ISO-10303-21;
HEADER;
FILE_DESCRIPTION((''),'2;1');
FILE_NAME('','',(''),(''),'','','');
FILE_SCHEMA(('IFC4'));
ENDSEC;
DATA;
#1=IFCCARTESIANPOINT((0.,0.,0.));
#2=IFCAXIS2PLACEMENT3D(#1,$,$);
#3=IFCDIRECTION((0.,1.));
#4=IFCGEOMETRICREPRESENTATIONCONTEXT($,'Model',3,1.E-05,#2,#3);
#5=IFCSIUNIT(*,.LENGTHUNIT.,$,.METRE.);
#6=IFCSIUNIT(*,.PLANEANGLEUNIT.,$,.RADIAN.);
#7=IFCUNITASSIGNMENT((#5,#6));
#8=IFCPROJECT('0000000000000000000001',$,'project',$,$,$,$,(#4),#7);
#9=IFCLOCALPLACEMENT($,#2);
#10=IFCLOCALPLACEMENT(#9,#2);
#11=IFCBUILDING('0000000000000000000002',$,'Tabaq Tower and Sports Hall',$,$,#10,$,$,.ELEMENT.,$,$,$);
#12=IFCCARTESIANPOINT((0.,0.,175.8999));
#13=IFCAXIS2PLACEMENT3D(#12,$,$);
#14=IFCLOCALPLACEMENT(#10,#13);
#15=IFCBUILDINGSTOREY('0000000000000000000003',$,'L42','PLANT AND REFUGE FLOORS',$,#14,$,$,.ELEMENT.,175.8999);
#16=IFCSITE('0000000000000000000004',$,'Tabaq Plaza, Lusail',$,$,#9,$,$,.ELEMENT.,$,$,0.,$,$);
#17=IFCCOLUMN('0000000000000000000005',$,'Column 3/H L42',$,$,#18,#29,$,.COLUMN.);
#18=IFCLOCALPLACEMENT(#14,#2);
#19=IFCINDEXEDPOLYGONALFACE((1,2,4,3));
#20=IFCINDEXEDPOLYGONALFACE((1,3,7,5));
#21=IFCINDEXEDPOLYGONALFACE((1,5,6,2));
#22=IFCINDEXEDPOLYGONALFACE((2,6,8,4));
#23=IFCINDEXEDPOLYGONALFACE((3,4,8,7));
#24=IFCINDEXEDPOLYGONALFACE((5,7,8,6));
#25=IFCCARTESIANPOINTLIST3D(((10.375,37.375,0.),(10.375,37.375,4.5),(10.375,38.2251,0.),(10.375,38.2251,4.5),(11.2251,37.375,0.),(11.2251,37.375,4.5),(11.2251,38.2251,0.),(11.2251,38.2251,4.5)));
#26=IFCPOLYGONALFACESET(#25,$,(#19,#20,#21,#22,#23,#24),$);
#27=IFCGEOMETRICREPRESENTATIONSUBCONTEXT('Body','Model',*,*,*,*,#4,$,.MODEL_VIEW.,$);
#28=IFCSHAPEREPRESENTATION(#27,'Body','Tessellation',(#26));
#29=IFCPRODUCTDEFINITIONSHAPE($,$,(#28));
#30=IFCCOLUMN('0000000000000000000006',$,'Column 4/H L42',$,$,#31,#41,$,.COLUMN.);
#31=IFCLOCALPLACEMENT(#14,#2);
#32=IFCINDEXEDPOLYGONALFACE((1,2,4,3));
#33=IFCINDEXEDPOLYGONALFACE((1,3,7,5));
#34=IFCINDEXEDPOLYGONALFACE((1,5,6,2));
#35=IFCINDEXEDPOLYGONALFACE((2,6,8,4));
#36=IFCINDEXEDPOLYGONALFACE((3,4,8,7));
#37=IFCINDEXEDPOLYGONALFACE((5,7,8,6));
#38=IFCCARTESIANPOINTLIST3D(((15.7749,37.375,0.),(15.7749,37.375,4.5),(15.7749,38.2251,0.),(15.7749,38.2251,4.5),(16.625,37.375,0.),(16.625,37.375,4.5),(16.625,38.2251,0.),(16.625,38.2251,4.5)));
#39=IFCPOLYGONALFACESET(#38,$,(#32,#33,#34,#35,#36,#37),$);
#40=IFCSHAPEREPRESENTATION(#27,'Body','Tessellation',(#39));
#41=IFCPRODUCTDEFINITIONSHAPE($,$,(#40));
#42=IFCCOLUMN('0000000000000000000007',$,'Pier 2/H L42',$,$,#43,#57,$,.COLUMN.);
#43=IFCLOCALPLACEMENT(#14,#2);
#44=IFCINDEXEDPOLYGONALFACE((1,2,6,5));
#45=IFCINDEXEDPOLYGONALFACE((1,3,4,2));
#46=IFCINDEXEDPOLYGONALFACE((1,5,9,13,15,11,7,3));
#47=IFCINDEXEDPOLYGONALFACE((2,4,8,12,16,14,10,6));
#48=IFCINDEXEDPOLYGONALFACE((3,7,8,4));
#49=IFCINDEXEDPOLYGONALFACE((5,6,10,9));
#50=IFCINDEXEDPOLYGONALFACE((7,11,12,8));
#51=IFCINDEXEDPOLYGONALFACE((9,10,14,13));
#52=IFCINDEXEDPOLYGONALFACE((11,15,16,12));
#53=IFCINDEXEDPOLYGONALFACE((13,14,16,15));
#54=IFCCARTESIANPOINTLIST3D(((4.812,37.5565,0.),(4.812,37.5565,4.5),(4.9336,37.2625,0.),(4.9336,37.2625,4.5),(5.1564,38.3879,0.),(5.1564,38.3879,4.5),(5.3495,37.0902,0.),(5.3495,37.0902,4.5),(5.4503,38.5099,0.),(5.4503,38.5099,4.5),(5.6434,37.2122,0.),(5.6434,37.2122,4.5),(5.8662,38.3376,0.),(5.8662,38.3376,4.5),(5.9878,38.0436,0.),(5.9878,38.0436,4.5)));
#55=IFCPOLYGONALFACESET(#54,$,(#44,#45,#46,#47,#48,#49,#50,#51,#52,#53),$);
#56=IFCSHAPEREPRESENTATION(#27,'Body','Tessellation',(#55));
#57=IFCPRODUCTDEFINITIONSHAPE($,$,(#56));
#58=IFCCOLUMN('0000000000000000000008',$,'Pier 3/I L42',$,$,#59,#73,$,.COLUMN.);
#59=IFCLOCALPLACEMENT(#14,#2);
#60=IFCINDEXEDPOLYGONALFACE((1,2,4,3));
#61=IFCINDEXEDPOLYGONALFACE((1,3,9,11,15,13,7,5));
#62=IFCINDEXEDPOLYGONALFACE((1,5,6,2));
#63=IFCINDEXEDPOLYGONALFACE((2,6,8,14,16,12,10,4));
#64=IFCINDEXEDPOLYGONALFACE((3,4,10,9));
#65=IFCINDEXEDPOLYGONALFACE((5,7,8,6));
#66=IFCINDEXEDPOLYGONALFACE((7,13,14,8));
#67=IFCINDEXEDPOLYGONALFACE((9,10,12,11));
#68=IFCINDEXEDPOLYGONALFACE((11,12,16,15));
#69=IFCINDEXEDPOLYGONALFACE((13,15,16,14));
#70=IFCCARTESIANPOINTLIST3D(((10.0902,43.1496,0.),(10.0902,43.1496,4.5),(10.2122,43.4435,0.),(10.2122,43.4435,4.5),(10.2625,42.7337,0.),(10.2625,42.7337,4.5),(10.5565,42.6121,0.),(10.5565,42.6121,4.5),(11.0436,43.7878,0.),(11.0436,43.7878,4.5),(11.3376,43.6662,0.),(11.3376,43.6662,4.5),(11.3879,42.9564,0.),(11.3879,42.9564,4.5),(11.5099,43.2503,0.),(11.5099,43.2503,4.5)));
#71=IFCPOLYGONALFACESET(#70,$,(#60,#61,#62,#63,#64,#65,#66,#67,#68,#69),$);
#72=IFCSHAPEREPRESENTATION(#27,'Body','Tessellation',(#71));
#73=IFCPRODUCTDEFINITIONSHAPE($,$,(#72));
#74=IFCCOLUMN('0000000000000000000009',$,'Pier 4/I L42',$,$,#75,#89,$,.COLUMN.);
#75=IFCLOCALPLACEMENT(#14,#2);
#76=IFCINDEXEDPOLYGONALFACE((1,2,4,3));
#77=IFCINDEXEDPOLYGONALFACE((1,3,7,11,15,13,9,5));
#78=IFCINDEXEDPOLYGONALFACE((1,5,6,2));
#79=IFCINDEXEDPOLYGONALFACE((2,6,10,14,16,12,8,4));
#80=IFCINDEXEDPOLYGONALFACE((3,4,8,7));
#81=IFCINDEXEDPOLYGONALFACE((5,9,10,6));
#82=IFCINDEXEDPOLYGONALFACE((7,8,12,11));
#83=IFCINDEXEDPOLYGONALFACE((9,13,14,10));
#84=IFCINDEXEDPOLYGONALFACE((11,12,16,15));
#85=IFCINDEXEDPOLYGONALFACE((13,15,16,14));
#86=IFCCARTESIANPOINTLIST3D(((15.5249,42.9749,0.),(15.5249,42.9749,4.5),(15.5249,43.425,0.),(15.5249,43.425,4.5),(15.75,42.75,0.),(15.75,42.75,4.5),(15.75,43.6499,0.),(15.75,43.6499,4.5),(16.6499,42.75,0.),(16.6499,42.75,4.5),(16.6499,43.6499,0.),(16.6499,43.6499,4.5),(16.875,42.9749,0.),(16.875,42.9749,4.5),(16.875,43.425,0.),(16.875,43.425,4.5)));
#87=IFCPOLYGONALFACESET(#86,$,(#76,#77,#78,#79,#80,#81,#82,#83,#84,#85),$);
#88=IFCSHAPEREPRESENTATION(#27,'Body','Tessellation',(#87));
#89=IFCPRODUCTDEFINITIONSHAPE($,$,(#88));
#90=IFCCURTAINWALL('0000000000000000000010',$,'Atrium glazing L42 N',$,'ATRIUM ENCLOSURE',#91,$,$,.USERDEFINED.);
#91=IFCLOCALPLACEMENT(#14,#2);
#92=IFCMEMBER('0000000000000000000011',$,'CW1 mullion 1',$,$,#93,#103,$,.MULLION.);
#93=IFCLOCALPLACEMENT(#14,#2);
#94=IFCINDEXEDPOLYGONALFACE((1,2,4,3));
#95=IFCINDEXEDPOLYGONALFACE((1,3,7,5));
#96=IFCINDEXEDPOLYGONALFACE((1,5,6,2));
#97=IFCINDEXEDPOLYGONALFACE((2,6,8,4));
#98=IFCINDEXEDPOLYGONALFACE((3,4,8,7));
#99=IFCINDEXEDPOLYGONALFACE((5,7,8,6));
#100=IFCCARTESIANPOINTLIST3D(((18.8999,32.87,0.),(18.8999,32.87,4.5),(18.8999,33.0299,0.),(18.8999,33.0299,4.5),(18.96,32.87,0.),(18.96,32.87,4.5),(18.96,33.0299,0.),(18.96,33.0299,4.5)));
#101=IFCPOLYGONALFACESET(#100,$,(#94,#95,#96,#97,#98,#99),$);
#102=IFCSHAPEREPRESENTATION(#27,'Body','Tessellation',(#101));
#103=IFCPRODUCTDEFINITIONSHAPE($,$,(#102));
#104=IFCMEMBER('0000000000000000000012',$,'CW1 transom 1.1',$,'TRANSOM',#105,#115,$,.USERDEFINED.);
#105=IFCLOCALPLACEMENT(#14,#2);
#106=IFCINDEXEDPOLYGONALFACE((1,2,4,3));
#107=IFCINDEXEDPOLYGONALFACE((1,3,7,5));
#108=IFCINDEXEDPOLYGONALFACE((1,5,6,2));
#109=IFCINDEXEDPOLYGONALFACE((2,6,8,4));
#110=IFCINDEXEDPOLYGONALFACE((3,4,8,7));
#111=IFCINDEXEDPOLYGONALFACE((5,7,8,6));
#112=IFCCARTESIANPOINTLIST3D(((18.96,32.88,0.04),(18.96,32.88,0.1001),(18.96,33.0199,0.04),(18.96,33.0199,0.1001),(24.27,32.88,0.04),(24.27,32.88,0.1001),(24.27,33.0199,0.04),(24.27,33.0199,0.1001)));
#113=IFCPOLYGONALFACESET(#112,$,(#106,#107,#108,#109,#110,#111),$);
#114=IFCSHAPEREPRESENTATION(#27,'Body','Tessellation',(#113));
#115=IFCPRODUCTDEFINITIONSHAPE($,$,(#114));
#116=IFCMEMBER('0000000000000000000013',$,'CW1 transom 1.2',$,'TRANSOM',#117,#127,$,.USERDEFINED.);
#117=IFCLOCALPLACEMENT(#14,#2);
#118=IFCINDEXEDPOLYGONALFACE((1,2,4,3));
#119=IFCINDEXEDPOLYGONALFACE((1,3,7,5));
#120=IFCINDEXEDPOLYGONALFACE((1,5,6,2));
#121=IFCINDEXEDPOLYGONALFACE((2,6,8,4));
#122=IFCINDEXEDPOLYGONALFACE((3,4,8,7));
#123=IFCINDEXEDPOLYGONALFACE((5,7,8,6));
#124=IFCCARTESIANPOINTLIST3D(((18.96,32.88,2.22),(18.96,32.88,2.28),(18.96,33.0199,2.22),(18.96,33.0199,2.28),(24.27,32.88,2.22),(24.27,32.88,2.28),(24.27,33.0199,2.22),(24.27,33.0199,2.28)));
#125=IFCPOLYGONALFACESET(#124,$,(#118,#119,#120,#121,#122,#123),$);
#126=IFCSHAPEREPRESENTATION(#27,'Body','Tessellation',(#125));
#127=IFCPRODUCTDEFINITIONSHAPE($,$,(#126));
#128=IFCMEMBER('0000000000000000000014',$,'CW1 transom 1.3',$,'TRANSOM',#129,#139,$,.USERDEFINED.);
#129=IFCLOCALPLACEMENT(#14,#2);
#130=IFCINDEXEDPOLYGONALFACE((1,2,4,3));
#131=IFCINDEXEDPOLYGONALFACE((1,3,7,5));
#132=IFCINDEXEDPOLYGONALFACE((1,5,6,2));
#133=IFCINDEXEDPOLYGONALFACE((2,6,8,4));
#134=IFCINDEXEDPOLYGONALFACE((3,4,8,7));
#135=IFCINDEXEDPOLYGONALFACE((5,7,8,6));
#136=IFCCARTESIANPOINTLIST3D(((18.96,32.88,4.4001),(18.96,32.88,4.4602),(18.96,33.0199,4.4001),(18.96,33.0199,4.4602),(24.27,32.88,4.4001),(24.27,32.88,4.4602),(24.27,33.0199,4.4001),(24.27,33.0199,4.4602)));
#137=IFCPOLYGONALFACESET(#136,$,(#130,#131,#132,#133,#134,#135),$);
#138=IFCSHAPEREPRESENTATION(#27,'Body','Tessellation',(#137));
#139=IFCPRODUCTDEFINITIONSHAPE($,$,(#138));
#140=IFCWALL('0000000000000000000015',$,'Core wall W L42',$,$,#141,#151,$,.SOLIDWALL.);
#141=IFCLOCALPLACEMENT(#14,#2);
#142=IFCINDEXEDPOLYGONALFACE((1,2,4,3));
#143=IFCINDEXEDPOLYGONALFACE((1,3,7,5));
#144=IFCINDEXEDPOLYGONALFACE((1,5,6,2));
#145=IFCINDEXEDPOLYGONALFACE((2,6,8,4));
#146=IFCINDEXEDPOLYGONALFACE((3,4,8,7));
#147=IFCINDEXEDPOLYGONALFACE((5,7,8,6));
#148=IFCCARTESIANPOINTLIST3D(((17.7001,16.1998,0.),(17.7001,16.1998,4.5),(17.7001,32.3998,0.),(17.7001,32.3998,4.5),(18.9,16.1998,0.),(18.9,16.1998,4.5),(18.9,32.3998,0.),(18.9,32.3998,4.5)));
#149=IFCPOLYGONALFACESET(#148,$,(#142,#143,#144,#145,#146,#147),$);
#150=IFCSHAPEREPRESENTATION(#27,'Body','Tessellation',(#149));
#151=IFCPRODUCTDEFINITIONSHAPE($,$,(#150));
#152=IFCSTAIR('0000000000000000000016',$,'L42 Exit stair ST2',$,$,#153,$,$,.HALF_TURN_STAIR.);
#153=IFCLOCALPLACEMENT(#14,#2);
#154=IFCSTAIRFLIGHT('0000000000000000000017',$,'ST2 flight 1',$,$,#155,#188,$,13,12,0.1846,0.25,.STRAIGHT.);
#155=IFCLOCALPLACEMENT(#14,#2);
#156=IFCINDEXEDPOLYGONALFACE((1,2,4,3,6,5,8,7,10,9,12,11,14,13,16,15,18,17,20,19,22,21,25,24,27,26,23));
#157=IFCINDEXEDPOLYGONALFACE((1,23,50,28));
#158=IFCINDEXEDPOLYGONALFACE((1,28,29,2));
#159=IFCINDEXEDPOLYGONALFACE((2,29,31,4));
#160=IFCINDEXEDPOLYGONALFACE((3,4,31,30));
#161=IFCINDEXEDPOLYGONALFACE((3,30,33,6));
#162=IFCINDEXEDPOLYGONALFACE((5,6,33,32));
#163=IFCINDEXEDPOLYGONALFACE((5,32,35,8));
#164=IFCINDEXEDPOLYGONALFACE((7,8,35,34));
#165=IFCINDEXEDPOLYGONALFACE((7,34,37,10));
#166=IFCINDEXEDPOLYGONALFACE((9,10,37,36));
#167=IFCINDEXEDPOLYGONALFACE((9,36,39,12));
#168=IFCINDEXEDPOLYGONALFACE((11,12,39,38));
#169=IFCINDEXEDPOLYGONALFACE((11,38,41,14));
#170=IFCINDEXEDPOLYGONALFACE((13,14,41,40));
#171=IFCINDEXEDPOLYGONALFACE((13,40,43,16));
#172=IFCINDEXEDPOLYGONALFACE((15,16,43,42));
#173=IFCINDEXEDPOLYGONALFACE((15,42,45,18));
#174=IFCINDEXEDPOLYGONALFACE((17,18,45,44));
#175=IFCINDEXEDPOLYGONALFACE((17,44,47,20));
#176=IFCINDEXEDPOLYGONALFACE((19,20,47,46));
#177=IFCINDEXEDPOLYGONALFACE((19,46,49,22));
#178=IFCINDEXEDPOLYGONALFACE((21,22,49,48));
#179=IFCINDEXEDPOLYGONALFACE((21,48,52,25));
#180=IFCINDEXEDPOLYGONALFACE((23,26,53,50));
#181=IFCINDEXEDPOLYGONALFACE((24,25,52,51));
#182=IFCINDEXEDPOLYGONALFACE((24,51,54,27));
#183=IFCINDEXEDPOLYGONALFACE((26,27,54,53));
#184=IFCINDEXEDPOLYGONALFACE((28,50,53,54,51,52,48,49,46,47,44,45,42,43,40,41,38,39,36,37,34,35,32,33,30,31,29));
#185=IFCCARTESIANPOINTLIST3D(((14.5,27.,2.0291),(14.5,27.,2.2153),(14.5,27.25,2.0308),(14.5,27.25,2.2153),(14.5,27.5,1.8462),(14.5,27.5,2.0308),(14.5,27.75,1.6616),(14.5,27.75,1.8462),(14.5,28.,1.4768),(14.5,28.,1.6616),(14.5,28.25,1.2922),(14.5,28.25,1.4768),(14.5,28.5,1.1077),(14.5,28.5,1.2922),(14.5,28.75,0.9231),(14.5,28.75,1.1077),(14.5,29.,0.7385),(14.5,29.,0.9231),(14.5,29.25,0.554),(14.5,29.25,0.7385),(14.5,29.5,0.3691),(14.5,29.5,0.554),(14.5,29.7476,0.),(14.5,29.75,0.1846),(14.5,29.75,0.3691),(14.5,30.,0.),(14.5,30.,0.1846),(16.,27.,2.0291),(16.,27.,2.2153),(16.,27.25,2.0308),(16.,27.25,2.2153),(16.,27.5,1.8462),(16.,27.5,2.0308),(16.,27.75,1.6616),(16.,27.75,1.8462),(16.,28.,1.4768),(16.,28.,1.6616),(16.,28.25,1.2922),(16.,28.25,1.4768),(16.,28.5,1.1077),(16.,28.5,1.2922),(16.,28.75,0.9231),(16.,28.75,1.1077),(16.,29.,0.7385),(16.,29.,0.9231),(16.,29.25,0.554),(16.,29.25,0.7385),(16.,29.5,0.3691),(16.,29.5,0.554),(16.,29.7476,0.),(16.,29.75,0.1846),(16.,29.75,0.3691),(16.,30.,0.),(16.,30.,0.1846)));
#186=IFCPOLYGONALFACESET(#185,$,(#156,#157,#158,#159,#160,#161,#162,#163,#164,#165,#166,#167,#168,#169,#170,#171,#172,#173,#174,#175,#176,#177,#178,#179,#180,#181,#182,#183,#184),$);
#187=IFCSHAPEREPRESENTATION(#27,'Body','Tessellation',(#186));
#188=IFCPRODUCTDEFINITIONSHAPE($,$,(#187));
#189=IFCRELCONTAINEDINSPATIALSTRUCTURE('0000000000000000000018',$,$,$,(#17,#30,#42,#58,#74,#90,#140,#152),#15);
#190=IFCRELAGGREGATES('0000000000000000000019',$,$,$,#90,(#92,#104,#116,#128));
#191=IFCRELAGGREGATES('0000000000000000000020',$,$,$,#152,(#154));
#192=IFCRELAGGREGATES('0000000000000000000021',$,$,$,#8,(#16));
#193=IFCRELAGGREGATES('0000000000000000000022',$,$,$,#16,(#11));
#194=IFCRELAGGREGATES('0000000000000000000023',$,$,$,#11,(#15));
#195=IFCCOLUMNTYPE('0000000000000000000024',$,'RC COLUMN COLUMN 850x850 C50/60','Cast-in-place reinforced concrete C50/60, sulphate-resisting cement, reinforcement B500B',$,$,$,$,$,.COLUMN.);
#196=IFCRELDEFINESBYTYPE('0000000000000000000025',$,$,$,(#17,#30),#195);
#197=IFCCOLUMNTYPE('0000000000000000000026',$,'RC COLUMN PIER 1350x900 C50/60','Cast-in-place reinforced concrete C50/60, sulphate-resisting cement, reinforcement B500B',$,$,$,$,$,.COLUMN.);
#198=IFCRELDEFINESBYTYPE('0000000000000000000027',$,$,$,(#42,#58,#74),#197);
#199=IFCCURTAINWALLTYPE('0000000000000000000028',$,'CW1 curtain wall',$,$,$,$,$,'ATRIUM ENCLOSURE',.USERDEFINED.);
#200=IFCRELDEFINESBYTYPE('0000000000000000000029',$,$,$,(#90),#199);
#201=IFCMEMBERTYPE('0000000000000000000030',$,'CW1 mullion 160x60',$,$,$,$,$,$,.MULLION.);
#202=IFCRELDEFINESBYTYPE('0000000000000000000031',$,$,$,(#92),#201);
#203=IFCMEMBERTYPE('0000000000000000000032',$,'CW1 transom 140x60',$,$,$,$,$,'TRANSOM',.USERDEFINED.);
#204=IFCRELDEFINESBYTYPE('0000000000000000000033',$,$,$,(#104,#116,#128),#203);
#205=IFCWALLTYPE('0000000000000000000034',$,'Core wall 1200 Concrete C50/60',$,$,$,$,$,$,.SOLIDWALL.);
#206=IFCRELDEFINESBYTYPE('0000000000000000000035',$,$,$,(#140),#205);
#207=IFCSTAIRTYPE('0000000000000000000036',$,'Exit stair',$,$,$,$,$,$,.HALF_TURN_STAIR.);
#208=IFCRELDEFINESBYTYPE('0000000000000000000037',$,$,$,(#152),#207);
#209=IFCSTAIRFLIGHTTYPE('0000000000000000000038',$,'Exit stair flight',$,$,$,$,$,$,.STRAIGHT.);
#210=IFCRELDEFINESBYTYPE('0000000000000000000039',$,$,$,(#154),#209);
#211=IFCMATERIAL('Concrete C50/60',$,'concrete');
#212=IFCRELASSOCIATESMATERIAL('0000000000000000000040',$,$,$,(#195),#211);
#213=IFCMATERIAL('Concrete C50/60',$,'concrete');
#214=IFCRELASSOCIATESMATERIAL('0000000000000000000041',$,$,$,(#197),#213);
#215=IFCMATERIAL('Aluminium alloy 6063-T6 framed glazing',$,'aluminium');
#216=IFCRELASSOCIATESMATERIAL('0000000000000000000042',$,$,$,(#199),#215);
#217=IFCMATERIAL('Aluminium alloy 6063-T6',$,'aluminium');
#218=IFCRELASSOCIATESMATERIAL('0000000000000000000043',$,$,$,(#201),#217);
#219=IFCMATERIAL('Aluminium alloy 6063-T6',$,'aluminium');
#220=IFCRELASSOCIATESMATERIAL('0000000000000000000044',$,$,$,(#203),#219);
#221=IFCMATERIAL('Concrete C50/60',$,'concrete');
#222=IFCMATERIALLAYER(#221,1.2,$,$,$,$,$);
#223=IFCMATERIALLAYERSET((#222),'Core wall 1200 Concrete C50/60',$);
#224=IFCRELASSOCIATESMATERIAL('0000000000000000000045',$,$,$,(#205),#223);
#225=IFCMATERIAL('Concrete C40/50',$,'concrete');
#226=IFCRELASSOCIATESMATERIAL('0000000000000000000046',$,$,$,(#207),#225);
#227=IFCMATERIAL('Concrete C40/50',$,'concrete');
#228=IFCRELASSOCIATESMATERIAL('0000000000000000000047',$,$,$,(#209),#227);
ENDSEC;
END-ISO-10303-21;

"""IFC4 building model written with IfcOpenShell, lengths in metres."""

from ifc_helpers import new_model, si_unit, direction, frame, frame_2d, origin, origin_2d, place, context, subcontext, project, spatial, polyline, rectangle, outline, extrude, material, layer, layer_set, material_profile, profile_set, type_object, element, aggregate, save


model = new_model("IFC4")

# Units and contexts
model_context = context("Model", 3, precision=1e-05, world=origin(), true_north=direction((0.0, 1.0)))
body_context = subcontext(model_context, "Body", "Model", "MODEL_VIEW")
ifc_project = project(units=[si_unit("LENGTHUNIT", "METRE"), si_unit("PLANEANGLEUNIT", "RADIAN")], contexts=[model_context])

# Site, building, storey
site_placement = place(None, origin())
site = spatial("IfcSite", under=ifc_project, at=site_placement, Name="Tabaq Plaza, Lusail", CompositionType="ELEMENT", RefElevation=0.0)
building_placement = place(site_placement, origin())
building = spatial("IfcBuilding", under=site, at=building_placement, Name="Tabaq Tower and Sports Hall", CompositionType="ELEMENT")
storey_placement = place(building_placement, frame((0.0, 0.0, 175.8999)))
storey = spatial("IfcBuildingStorey", under=building, at=storey_placement, Name="L42", Description="PLANT AND REFUGE FLOORS", CompositionType="ELEMENT", Elevation=175.8999)

# Columns
ifc_material_1 = material(Name="Concrete C50/60", Category="concrete")
ifc_material_profile_1 = material_profile(ifc_material_1, rectangle(XDim=0.8501, YDim=0.8501, at=origin_2d()), Name="COLUMN 850x850")
ifc_profile_set_1 = profile_set([ifc_material_profile_1], Name="Concrete C50/60")
column_type_1 = type_object("IfcColumnType", Name="RC COLUMN COLUMN 850x850 C50/60", Description="Cast-in-place reinforced concrete C50/60, sulphate-resisting cement, reinforcement B500B", PredefinedType="COLUMN", material=ifc_profile_set_1)
for number, where, z_axis, x_axis, name in (
    (1, (10.8, 37.8, 0.0), (0.0, 0.0, 1.0), (1.0, 0.0, 0.0), "Column 3/H L42"),
    (2, (16.2, 37.8, 0.0), (0.0, 0.0, 1.0), (1.0, 0.0, 0.0), "Column 4/H L42"),
):
    element("IfcColumn", number, at=place(storey_placement, frame(where, z_axis=z_axis, x_axis=x_axis)), inside=storey, type_object=column_type_1, Name=name, PredefinedType="COLUMN", context=body_context, shape_type="SweptSolid", body=[
        extrude(rectangle(XDim=0.8501, YDim=0.8501, at=origin_2d()), origin(), (0.0, 0.0, 1.0), 4.5),
    ])
ifc_material_2 = material(Name="Concrete C50/60", Category="concrete")
ifc_material_profile_2 = material_profile(ifc_material_2, outline(polyline([(-0.45, -0.45), (0.45, -0.45), (0.675, -0.2251), (0.675, 0.2251), (0.45, 0.45), (-0.45, 0.45), (-0.675, 0.2251), (-0.675, -0.2251), (-0.45, -0.45)])), Name="PIER 1350x900")
ifc_profile_set_2 = profile_set([ifc_material_profile_2], Name="Concrete C50/60")
column_type_2 = type_object("IfcColumnType", Name="RC COLUMN PIER 1350x900 C50/60", Description="Cast-in-place reinforced concrete C50/60, sulphate-resisting cement, reinforcement B500B", PredefinedType="COLUMN", material=ifc_profile_set_2)
for number, where, z_axis, x_axis, name in (
    (3, (5.3999, 37.8, 0.0), (0.0, 0.0, 1.0), (0.382683, 0.92388, 0.0), "Pier 2/H L42"),
    (4, (10.8, 43.2, 0.0), (0.0, 0.0, 1.0), (0.92388, 0.382683, 0.0), "Pier 3/I L42"),
    (5, (16.2, 43.2, 0.0), (0.0, 0.0, 1.0), (1.0, 0.0, 0.0), "Pier 4/I L42"),
):
    element("IfcColumn", number, at=place(storey_placement, frame(where, z_axis=z_axis, x_axis=x_axis)), inside=storey, type_object=column_type_2, Name=name, PredefinedType="COLUMN", context=body_context, shape_type="SweptSolid", body=[
        extrude(outline(polyline([(-0.45, -0.45), (0.45, -0.45), (0.675, -0.2251), (0.675, 0.2251), (0.45, 0.45), (-0.45, 0.45), (-0.675, 0.2251), (-0.675, -0.2251), (-0.45, -0.45)])), origin(), (0.0, 0.0, 1.0), 4.5),
    ])

# Curtain wall, members
ifc_material_3 = material(Name="Aluminium alloy 6063-T6 framed glazing", Category="aluminium")
curtain_wall_type = type_object("IfcCurtainWallType", Name="CW1 curtain wall", ElementType="ATRIUM ENCLOSURE", PredefinedType="USERDEFINED", material=ifc_material_3)
curtain_wall_placement = place(storey_placement, origin())
curtain_wall = element("IfcCurtainWall", 6, at=curtain_wall_placement, inside=storey, type_object=curtain_wall_type, Name="Atrium glazing L42 N", ObjectType="ATRIUM ENCLOSURE", PredefinedType="USERDEFINED")
ifc_material_4 = material(Name="Aluminium alloy 6063-T6", Category="aluminium")
ifc_material_profile_3 = material_profile(ifc_material_4, rectangle(XDim=0.1599, YDim=0.0601, at=origin_2d()), Name="MULLION 160x60")
ifc_profile_set_3 = profile_set([ifc_material_profile_3], Name="Aluminium alloy 6063-T6")
member_type_1 = type_object("IfcMemberType", Name="CW1 mullion 160x60", PredefinedType="MULLION", material=ifc_profile_set_3)
member_1_placement = place(storey_placement, frame((18.9299, 32.95, 0.0), z_axis=(0.0, 0.0, 1.0), x_axis=(0.0, 1.0, 0.0)))
member_1 = element("IfcMember", 7, at=member_1_placement, type_object=member_type_1, Name="CW1 mullion 1", PredefinedType="MULLION", context=body_context, shape_type="SweptSolid", body=[
    extrude(rectangle(XDim=0.1599, YDim=0.0601, at=origin_2d()), origin(), (0.0, 0.0, 1.0), 4.5),
])
ifc_material_5 = material(Name="Aluminium alloy 6063-T6", Category="aluminium")
ifc_material_profile_4 = material_profile(ifc_material_5, rectangle(XDim=0.1399, YDim=0.0601, at=origin_2d()), Name="TRANSOM 140x60")
ifc_profile_set_4 = profile_set([ifc_material_profile_4], Name="Aluminium alloy 6063-T6")
member_type_2 = type_object("IfcMemberType", Name="CW1 transom 140x60", ElementType="TRANSOM", PredefinedType="USERDEFINED", material=ifc_profile_set_4)
member_2_placement = place(storey_placement, frame((18.96, 32.95, 0.0701), z_axis=(1.0, 0.0, 0.0), x_axis=(0.0, 1.0, 0.0)))
member_2 = element("IfcMember", 8, at=member_2_placement, type_object=member_type_2, Name="CW1 transom 1.1", ObjectType="TRANSOM", PredefinedType="USERDEFINED", context=body_context, shape_type="SweptSolid", body=[
    extrude(rectangle(XDim=0.1399, YDim=0.0601, at=origin_2d()), origin(), (0.0, 0.0, 1.0), 5.3101),
])
member_3_placement = place(storey_placement, frame((18.96, 32.95, 2.25), z_axis=(1.0, 0.0, 0.0), x_axis=(0.0, 1.0, 0.0)))
member_3 = element("IfcMember", 9, at=member_3_placement, type_object=member_type_2, Name="CW1 transom 1.2", ObjectType="TRANSOM", PredefinedType="USERDEFINED", context=body_context, shape_type="SweptSolid", body=[
    extrude(rectangle(XDim=0.1399, YDim=0.0601, at=origin_2d()), origin(), (0.0, 0.0, 1.0), 5.3101),
])
member_4_placement = place(storey_placement, frame((18.96, 32.95, 4.4302), z_axis=(1.0, 0.0, 0.0), x_axis=(0.0, 1.0, 0.0)))
member_4 = element("IfcMember", 10, at=member_4_placement, type_object=member_type_2, Name="CW1 transom 1.3", ObjectType="TRANSOM", PredefinedType="USERDEFINED", context=body_context, shape_type="SweptSolid", body=[
    extrude(rectangle(XDim=0.1399, YDim=0.0601, at=origin_2d()), origin(), (0.0, 0.0, 1.0), 5.3101),
])
aggregate(curtain_wall, [member_1, member_2, member_3, member_4])

# Wall
ifc_material_6 = material(Name="Concrete C50/60", Category="concrete")
ifc_layer_1 = layer(ifc_material_6, 1.2)
ifc_layer_set_1 = layer_set([ifc_layer_1], Name="Core wall 1200 Concrete C50/60")
wall_type_1 = type_object("IfcWallType", Name="Core wall 1200 Concrete C50/60", PredefinedType="SOLIDWALL", material=ifc_layer_set_1)
wall_1_placement = place(storey_placement, frame((18.3, 32.3999, 0.0), z_axis=(0.0, 0.0, 1.0), x_axis=(0.0, -1.0, 0.0)))
element("IfcWall", 11, at=wall_1_placement, inside=storey, type_object=wall_type_1, Name="Core wall W L42", PredefinedType="SOLIDWALL", context=body_context, shape_type="SweptSolid", body=[
    extrude(rectangle(XDim=16.2, YDim=1.2, at=frame_2d((8.1001, 0.0))), origin(), (0.0, 0.0, 1.0), 4.5),
])

# Stair, stair flight
ifc_material_7 = material(Name="Concrete C40/50", Category="concrete")
stair_type = type_object("IfcStairType", Name="Exit stair", PredefinedType="HALF_TURN_STAIR", material=ifc_material_7)
stair_placement = place(storey_placement, origin())
stair = element("IfcStair", 12, at=stair_placement, inside=storey, type_object=stair_type, Name="L42 Exit stair ST2", PredefinedType="HALF_TURN_STAIR")
ifc_material_8 = material(Name="Concrete C40/50", Category="concrete")
stair_flight_type = type_object("IfcStairFlightType", Name="Exit stair flight", PredefinedType="STRAIGHT", material=ifc_material_8)
stair_flight_placement = place(storey_placement, frame((15.25, 30.0, 0.0), z_axis=(0.0, 0.0, 1.0), x_axis=(0.0, -1.0, 0.0)))
stair_flight = element("IfcStairFlight", 13, at=stair_flight_placement, type_object=stair_flight_type, Name="ST2 flight 1", NumberOfRisers=13, NumberOfTreads=12, PredefinedType="STRAIGHT", RiserHeight=0.1846, TreadLength=0.25, context=body_context, shape_type="SweptSolid", body=[
    extrude(outline(polyline([(0.0, 0.0), (0.0, 0.1846), (0.25, 0.1846), (0.25, 0.3691), (0.5, 0.3691), (0.5, 0.554), (0.75, 0.554), (0.75, 0.7385), (1.0, 0.7385), (1.0, 0.9231), (1.25, 0.9231), (1.25, 1.1077), (1.5, 1.1077), (1.5, 1.2922), (1.75, 1.2922), (1.75, 1.4768), (2.0, 1.4768), (2.0, 1.6616), (2.25, 1.6616), (2.25, 1.8462), (2.5, 1.8462), (2.5, 2.0308), (2.75, 2.0308), (2.75, 2.2153), (3.0, 2.2153), (3.0, 2.3999), (3.0, 2.0291), (0.2524, 0.0), (0.0, 0.0)])), frame((0.0, 0.75, 0.0), z_axis=(0.0, -1.0, 0.0), x_axis=(1.0, 0.0, 0.0)), (0.0, 0.0, 1.0), 1.5),
])
aggregate(stair, [stair_flight])

save(model, "model.ifc")
